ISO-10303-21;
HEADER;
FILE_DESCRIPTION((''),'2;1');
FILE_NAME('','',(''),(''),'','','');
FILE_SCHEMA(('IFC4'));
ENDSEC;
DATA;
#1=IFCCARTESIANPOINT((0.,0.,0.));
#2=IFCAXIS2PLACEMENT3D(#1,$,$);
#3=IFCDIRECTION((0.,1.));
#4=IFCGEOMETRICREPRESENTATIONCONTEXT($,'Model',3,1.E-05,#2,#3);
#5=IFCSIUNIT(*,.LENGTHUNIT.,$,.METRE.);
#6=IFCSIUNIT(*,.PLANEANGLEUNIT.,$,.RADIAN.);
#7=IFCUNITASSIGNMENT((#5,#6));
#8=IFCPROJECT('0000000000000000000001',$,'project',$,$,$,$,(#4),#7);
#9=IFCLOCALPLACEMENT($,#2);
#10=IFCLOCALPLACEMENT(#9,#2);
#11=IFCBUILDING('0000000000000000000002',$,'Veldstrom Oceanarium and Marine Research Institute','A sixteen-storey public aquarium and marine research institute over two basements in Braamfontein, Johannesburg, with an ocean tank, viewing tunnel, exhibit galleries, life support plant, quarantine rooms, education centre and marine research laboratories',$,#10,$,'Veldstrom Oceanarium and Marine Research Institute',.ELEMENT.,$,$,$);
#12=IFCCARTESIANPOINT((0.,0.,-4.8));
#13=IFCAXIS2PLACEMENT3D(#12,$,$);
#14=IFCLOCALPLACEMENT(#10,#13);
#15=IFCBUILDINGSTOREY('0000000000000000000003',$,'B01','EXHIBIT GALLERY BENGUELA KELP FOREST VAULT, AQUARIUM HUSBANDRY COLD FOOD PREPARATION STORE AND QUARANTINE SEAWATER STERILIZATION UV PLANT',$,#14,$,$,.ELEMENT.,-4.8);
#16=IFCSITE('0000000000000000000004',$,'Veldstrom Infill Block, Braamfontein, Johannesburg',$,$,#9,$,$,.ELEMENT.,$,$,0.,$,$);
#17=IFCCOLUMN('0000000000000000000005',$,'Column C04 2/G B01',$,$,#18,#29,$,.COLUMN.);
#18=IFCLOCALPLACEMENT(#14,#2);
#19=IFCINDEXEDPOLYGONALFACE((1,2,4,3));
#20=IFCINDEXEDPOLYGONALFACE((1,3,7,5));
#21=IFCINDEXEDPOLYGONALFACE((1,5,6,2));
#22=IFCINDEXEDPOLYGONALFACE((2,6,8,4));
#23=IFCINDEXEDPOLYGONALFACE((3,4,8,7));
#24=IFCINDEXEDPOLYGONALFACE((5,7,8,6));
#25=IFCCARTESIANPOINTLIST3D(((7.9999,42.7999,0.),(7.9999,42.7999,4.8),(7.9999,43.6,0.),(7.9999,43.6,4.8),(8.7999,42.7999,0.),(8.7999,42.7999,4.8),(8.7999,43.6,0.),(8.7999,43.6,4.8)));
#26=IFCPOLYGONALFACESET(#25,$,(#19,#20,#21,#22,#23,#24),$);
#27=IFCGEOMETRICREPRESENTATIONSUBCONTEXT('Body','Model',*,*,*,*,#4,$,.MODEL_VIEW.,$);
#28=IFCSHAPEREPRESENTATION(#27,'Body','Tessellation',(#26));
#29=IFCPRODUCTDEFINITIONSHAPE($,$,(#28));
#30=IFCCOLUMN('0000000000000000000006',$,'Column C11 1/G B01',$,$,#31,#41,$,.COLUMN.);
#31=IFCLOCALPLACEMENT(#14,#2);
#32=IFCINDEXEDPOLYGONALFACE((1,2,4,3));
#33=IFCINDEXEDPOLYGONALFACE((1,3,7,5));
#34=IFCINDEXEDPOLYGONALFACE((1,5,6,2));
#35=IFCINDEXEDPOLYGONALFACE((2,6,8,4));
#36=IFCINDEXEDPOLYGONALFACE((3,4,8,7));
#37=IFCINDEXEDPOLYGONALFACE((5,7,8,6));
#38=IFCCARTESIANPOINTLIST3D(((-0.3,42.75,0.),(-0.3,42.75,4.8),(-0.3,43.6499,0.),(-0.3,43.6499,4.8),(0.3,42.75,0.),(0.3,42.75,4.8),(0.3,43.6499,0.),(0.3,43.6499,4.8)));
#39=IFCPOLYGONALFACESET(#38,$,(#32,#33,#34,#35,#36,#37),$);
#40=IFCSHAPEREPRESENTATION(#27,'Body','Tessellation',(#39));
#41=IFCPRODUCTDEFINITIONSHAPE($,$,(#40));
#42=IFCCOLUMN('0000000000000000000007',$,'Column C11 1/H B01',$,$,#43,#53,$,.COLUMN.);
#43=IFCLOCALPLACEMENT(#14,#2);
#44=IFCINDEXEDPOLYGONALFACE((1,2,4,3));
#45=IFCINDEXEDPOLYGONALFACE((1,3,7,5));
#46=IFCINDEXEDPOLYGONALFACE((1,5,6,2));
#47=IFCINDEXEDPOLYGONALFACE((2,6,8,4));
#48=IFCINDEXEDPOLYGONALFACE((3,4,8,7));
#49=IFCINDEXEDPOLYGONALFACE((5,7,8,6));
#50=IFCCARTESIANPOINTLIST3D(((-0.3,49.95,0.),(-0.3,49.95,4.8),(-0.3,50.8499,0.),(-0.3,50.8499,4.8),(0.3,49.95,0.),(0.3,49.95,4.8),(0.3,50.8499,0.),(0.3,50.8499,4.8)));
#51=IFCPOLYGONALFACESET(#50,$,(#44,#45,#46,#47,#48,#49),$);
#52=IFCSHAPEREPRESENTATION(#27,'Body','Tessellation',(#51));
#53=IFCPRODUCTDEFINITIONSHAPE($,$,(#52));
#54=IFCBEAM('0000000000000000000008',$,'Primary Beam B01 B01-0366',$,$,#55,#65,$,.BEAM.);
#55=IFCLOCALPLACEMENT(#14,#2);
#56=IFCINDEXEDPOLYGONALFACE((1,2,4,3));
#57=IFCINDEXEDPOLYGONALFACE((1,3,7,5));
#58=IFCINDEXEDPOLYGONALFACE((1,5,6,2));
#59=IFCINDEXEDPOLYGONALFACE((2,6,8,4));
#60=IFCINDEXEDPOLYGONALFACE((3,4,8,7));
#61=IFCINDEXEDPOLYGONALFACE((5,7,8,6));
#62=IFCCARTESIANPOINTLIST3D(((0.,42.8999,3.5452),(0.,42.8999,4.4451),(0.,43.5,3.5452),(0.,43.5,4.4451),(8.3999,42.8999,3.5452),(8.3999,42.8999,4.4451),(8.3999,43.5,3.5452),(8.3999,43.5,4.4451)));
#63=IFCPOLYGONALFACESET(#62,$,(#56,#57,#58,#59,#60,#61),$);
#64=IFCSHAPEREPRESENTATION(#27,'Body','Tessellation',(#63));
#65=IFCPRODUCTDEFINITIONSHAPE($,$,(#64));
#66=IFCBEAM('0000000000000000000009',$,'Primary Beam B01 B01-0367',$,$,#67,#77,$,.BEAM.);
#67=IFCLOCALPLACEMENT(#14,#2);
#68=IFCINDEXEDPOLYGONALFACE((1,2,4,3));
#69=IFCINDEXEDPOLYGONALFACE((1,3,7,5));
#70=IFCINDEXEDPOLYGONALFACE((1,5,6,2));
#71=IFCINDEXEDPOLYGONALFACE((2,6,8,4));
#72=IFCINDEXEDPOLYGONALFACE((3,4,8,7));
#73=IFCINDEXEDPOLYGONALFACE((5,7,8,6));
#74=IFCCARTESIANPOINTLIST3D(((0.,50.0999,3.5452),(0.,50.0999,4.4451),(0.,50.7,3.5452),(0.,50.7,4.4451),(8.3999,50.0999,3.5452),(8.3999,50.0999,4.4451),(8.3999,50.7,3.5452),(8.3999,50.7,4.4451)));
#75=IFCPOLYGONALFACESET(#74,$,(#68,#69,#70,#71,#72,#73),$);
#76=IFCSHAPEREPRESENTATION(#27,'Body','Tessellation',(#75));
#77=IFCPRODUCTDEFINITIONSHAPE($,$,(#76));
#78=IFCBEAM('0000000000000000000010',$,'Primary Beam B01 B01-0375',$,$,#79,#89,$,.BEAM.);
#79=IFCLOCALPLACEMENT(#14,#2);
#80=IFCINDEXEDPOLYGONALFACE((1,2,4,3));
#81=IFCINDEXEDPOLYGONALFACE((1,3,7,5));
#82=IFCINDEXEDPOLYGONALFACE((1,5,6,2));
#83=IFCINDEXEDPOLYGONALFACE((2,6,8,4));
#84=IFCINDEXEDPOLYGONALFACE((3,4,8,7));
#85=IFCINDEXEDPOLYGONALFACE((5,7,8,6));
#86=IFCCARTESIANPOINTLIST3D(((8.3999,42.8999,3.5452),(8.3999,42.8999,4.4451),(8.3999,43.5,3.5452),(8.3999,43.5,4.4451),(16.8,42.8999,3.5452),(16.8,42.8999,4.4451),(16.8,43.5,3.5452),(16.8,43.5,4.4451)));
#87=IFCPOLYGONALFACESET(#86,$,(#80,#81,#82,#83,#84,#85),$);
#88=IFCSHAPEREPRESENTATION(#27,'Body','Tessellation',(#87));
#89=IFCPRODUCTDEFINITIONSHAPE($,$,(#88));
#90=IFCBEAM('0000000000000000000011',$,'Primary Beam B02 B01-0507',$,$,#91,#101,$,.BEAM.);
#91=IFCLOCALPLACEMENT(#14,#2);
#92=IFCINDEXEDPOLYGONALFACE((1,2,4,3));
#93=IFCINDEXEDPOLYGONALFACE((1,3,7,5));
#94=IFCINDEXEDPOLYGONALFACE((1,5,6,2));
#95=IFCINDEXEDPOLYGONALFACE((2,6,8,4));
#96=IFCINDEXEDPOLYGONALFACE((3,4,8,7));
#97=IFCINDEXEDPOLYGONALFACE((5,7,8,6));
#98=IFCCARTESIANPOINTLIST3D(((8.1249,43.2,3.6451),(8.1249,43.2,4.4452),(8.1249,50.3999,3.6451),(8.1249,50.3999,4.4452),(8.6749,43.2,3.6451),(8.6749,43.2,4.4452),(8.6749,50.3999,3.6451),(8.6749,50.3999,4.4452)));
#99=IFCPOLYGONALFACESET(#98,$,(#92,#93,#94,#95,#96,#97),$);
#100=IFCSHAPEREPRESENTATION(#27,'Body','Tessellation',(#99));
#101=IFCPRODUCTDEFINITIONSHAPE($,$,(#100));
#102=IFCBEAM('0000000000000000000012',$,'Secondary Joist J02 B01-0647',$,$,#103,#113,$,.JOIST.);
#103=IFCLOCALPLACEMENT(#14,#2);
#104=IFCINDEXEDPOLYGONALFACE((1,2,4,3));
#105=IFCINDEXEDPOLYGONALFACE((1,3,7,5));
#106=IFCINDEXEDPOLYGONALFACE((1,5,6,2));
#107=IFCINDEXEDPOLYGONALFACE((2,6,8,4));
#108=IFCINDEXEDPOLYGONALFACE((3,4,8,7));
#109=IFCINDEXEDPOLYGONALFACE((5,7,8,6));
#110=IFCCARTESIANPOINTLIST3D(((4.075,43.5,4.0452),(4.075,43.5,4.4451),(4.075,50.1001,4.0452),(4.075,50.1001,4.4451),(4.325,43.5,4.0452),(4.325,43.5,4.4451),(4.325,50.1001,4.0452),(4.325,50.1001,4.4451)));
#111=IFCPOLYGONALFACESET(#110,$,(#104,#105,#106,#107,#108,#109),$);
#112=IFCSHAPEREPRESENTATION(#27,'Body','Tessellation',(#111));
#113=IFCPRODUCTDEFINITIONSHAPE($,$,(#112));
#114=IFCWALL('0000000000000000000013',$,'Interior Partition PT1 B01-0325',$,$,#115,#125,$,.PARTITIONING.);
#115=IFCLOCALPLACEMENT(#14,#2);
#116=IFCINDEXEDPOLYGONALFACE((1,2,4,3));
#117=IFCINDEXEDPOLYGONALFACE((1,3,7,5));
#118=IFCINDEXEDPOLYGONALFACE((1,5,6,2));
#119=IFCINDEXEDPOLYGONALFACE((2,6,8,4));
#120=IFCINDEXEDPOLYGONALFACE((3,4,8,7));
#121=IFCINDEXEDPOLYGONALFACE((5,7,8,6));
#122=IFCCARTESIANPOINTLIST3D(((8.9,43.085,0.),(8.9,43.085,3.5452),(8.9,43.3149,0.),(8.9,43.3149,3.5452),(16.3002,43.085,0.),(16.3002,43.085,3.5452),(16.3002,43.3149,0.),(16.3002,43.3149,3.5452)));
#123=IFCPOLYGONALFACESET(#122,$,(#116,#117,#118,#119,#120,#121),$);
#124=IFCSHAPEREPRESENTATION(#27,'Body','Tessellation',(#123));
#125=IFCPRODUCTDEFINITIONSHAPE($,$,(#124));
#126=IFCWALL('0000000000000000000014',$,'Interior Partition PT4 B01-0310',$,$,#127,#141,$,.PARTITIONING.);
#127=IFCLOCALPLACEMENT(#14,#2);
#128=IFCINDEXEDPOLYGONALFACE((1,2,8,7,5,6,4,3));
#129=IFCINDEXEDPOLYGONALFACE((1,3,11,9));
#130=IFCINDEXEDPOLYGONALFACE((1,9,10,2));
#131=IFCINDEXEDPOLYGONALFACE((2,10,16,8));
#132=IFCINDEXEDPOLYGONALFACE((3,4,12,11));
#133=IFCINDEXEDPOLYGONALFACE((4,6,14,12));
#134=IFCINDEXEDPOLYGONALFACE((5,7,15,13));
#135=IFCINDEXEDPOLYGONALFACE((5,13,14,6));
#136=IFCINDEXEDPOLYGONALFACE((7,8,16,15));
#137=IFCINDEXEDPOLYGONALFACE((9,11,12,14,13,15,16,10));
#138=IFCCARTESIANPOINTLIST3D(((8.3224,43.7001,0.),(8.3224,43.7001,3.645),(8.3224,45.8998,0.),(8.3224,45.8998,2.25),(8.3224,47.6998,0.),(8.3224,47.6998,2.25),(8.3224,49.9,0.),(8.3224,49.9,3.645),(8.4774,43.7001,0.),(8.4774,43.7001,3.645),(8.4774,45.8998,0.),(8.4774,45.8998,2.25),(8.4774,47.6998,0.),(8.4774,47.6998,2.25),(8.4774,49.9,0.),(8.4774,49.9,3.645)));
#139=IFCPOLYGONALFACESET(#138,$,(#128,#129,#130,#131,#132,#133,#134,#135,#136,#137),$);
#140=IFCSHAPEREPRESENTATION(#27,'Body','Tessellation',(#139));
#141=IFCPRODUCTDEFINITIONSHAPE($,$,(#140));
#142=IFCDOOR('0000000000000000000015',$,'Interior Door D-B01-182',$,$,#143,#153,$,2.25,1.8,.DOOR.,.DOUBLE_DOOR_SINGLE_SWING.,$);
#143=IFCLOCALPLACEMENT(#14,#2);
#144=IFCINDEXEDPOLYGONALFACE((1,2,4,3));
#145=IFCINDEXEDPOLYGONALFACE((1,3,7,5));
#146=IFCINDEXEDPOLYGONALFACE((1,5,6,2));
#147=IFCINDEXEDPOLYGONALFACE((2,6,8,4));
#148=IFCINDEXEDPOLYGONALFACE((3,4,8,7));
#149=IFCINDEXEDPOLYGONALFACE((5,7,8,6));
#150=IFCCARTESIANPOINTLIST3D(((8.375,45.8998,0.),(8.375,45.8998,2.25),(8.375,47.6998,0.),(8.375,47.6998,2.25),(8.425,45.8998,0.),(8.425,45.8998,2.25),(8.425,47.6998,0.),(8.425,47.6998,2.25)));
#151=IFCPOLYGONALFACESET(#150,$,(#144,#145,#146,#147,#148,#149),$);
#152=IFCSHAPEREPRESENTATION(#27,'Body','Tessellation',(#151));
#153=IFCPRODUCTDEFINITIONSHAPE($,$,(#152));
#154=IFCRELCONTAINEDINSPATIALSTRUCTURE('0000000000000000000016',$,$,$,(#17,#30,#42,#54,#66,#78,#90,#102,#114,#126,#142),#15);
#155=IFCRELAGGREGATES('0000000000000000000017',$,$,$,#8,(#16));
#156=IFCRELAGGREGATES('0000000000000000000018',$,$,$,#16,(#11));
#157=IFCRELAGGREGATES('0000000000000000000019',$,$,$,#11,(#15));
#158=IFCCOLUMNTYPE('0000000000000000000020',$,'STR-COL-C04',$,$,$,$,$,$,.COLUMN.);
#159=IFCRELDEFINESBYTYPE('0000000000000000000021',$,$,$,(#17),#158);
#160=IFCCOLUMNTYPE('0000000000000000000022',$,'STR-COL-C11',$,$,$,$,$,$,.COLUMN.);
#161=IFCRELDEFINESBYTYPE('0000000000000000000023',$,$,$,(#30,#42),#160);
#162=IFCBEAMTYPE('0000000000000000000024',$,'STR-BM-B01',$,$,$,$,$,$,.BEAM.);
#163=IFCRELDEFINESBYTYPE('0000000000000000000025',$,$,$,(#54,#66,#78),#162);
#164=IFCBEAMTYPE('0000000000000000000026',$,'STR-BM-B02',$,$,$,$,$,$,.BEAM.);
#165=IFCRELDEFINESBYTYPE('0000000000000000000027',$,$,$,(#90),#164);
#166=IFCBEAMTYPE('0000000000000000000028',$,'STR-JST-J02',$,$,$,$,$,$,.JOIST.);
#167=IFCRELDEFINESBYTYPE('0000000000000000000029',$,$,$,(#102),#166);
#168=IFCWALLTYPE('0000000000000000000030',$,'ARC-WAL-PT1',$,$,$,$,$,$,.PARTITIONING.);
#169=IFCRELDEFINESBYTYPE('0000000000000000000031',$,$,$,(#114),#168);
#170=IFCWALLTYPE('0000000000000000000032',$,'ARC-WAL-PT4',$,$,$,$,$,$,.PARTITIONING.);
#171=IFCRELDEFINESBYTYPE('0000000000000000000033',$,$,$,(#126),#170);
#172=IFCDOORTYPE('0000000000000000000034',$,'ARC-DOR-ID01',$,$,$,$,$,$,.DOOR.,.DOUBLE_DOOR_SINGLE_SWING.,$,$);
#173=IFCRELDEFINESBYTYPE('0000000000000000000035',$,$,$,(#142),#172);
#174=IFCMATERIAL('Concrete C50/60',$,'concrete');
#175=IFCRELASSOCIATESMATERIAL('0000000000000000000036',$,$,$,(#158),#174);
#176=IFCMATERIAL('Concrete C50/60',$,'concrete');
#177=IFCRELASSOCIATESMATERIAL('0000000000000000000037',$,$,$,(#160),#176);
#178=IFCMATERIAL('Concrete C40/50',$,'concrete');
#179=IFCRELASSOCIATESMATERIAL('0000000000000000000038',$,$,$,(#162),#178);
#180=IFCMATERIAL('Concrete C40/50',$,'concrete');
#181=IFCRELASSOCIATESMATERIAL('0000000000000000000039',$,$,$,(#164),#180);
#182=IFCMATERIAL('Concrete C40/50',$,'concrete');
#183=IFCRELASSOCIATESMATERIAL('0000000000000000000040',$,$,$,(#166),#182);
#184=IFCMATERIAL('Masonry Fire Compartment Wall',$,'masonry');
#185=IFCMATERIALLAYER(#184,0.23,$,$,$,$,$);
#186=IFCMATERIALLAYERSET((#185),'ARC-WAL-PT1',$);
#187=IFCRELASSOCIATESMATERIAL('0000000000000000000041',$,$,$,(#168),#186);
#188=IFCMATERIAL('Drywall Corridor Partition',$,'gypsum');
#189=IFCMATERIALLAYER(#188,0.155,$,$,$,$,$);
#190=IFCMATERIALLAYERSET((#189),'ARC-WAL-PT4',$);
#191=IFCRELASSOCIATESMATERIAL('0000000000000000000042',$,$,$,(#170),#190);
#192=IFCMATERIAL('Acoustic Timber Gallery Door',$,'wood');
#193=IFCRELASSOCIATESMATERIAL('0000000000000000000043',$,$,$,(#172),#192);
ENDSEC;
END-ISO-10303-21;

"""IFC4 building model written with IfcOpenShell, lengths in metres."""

from ifc_helpers import new_model, si_unit, direction, frame, frame_2d, origin, origin_2d, place, context, subcontext, project, spatial, rectangle, extrude, material, layer, layer_set, material_profile, profile_set, type_object, element, fill, save


model = new_model("IFC4")

# Units and contexts
model_context = context("Model", 3, precision=1e-05, world=origin(), true_north=direction((0.0, 1.0)))
body_context = subcontext(model_context, "Body", "Model", "MODEL_VIEW")
ifc_project = project(units=[si_unit("LENGTHUNIT", "METRE"), si_unit("PLANEANGLEUNIT", "RADIAN")], contexts=[model_context])

# Site, building, storey
site_placement = place(None, origin())
site = spatial("IfcSite", under=ifc_project, at=site_placement, Name="Veldstrom Infill Block, Braamfontein, Johannesburg", CompositionType="ELEMENT", RefElevation=0.0)
building_placement = place(site_placement, origin())
building = spatial("IfcBuilding", under=site, at=building_placement, Name="Veldstrom Oceanarium and Marine Research Institute", Description="A sixteen-storey public aquarium and marine research institute over two basements in Braamfontein, Johannesburg, with an ocean tank, viewing tunnel, exhibit galleries, life support plant, quarantine rooms, education centre and marine research laboratories", LongName="Veldstrom Oceanarium and Marine Research Institute", CompositionType="ELEMENT")
storey_placement = place(building_placement, frame((0.0, 0.0, -4.8)))
storey = spatial("IfcBuildingStorey", under=building, at=storey_placement, Name="B01", Description="EXHIBIT GALLERY BENGUELA KELP FOREST VAULT, AQUARIUM HUSBANDRY COLD FOOD PREPARATION STORE AND QUARANTINE SEAWATER STERILIZATION UV PLANT", CompositionType="ELEMENT", Elevation=-4.8)

# Columns
ifc_material_1 = material(Name="Concrete C50/60", Category="concrete")
ifc_material_profile_1 = material_profile(ifc_material_1, rectangle(XDim=0.8, YDim=0.8, at=origin_2d()), Name="RC-COL-800x800")
ifc_profile_set_1 = profile_set([ifc_material_profile_1], Name="Concrete C50/60")
column_type_1 = type_object("IfcColumnType", Name="STR-COL-C04", PredefinedType="COLUMN", material=ifc_profile_set_1)
column_placement = place(storey_placement, frame((8.3999, 43.2, 0.0), z_axis=(0.0, 0.0, 1.0), x_axis=(1.0, 0.0, 0.0)))
element("IfcColumn", 1, at=column_placement, inside=storey, type_object=column_type_1, Name="Column C04 2/G B01", PredefinedType="COLUMN", context=body_context, shape_type="SweptSolid", body=[
    extrude(rectangle(XDim=0.8, YDim=0.8, at=origin_2d()), origin(), (0.0, 0.0, 1.0), 4.8),
])
ifc_material_2 = material(Name="Concrete C50/60", Category="concrete")
ifc_material_profile_2 = material_profile(ifc_material_2, rectangle(XDim=0.6001, YDim=0.8999, at=origin_2d()), Name="RC-COL-900x600")
ifc_profile_set_2 = profile_set([ifc_material_profile_2], Name="Concrete C50/60")
column_type_2 = type_object("IfcColumnType", Name="STR-COL-C11", PredefinedType="COLUMN", material=ifc_profile_set_2)
for number, where, z_axis, x_axis, name in (
    (2, (0.0, 43.2, 0.0), (0.0, 0.0, 1.0), (1.0, 0.0, 0.0), "Column C11 1/G B01"),
    (3, (0.0, 50.3999, 0.0), (0.0, 0.0, 1.0), (1.0, 0.0, 0.0), "Column C11 1/H B01"),
):
    element("IfcColumn", number, at=place(storey_placement, frame(where, z_axis=z_axis, x_axis=x_axis)), inside=storey, type_object=column_type_2, Name=name, PredefinedType="COLUMN", context=body_context, shape_type="SweptSolid", body=[
        extrude(rectangle(XDim=0.6001, YDim=0.8999, at=origin_2d()), origin(), (0.0, 0.0, 1.0), 4.8),
    ])

# Beams
ifc_material_3 = material(Name="Concrete C40/50", Category="concrete")
ifc_material_profile_3 = material_profile(ifc_material_3, rectangle(XDim=0.6001, YDim=0.8999, at=origin_2d()), Name="RC-BM-600x900")
ifc_profile_set_3 = profile_set([ifc_material_profile_3], Name="Concrete C40/50")
beam_type_1 = type_object("IfcBeamType", Name="STR-BM-B01", PredefinedType="BEAM", material=ifc_profile_set_3)
for number, where, z_axis, x_axis, name in (
    (4, (0.0, 43.2, 3.9951), (1.0, 0.0, 0.0), (0.0, 1.0, 0.0), "Primary Beam B01 B01-0366"),
    (5, (0.0, 50.3999, 3.9951), (1.0, 0.0, 0.0), (0.0, 1.0, 0.0), "Primary Beam B01 B01-0367"),
):
    element("IfcBeam", number, at=place(storey_placement, frame(where, z_axis=z_axis, x_axis=x_axis)), inside=storey, type_object=beam_type_1, Name=name, PredefinedType="BEAM", context=body_context, shape_type="SweptSolid", body=[
        extrude(rectangle(XDim=0.6001, YDim=0.8999, at=origin_2d()), origin(), (0.0, 0.0, 1.0), 8.3999),
    ])
beam_1_placement = place(storey_placement, frame((8.3999, 43.2, 3.9951), z_axis=(1.0, 0.0, 0.0), x_axis=(0.0, 1.0, 0.0)))
element("IfcBeam", 6, at=beam_1_placement, inside=storey, type_object=beam_type_1, Name="Primary Beam B01 B01-0375", PredefinedType="BEAM", context=body_context, shape_type="SweptSolid", body=[
    extrude(rectangle(XDim=0.6001, YDim=0.8999, at=origin_2d()), origin(), (0.0, 0.0, 1.0), 8.4001),
])
ifc_material_4 = material(Name="Concrete C40/50", Category="concrete")
ifc_material_profile_4 = material_profile(ifc_material_4, rectangle(XDim=0.55, YDim=0.8, at=origin_2d()), Name="RC-BM-550x800")
ifc_profile_set_4 = profile_set([ifc_material_profile_4], Name="Concrete C40/50")
beam_type_2 = type_object("IfcBeamType", Name="STR-BM-B02", PredefinedType="BEAM", material=ifc_profile_set_4)
beam_2_placement = place(storey_placement, frame((8.3999, 43.2, 4.0452), z_axis=(0.0, 1.0, 0.0), x_axis=(-1.0, 0.0, 0.0)))
element("IfcBeam", 7, at=beam_2_placement, inside=storey, type_object=beam_type_2, Name="Primary Beam B02 B01-0507", PredefinedType="BEAM", context=body_context, shape_type="SweptSolid", body=[
    extrude(rectangle(XDim=0.55, YDim=0.8, at=origin_2d()), origin(), (0.0, 0.0, 1.0), 7.2),
])
ifc_material_5 = material(Name="Concrete C40/50", Category="concrete")
ifc_material_profile_5 = material_profile(ifc_material_5, rectangle(XDim=0.25, YDim=0.3999, at=origin_2d()), Name="RC-JST-250x400")
ifc_profile_set_5 = profile_set([ifc_material_profile_5], Name="Concrete C40/50")
beam_type_3 = type_object("IfcBeamType", Name="STR-JST-J02", PredefinedType="JOIST", material=ifc_profile_set_5)
beam_3_placement = place(storey_placement, frame((4.2, 43.5, 4.2451), z_axis=(0.0, 1.0, 0.0), x_axis=(-1.0, 0.0, 0.0)))
element("IfcBeam", 8, at=beam_3_placement, inside=storey, type_object=beam_type_3, Name="Secondary Joist J02 B01-0647", PredefinedType="JOIST", context=body_context, shape_type="SweptSolid", body=[
    extrude(rectangle(XDim=0.25, YDim=0.3999, at=origin_2d()), origin(), (0.0, 0.0, 1.0), 6.6001),
])

# Wall
ifc_material_6 = material(Name="Masonry Fire Compartment Wall", Category="masonry")
ifc_layer_1 = layer(ifc_material_6, 0.23)
ifc_layer_set_1 = layer_set([ifc_layer_1], Name="ARC-WAL-PT1")
wall_type_1 = type_object("IfcWallType", Name="ARC-WAL-PT1", PredefinedType="PARTITIONING", material=ifc_layer_set_1)
wall_1_placement = place(storey_placement, frame((8.8999, 43.2, 0.0), z_axis=(0.0, 0.0, 1.0), x_axis=(1.0, 0.0, 0.0)))
element("IfcWall", 9, at=wall_1_placement, inside=storey, type_object=wall_type_1, Name="Interior Partition PT1 B01-0325", PredefinedType="PARTITIONING", context=body_context, shape_type="SweptSolid", body=[
    extrude(rectangle(XDim=7.4001, YDim=0.23, at=frame_2d((3.7002, 0.0))), origin(), (0.0, 0.0, 1.0), 3.5452),
])

# Wall, opening, door
ifc_material_7 = material(Name="Drywall Corridor Partition", Category="gypsum")
ifc_layer_2 = layer(ifc_material_7, 0.155)
ifc_layer_set_2 = layer_set([ifc_layer_2], Name="ARC-WAL-PT4")
wall_type_2 = type_object("IfcWallType", Name="ARC-WAL-PT4", PredefinedType="PARTITIONING", material=ifc_layer_set_2)
wall_2_placement = place(storey_placement, frame((8.3999, 43.7, 0.0), z_axis=(0.0, 0.0, 1.0), x_axis=(0.0, 1.0, 0.0)))
wall_2 = element("IfcWall", 10, at=wall_2_placement, inside=storey, type_object=wall_type_2, Name="Interior Partition PT4 B01-0310", PredefinedType="PARTITIONING", context=body_context, shape_type="SweptSolid", body=[
    extrude(rectangle(XDim=6.2, YDim=0.155, at=frame_2d((3.1001, 0.0))), origin(), (0.0, 0.0, 1.0), 3.645),
])
opening_1_placement = place(wall_2_placement, frame((2.2, 0.0, 0.0)))
opening_1 = element("IfcOpeningElement", 11, at=opening_1_placement, cuts=wall_2, PredefinedType="OPENING", context=body_context, shape_type="SweptSolid", body=[
    extrude(rectangle(XDim=1.8, YDim=2.25, at=frame_2d((0.8999, 1.125))), frame((0.0, 0.0874, 0.0), z_axis=(0.0, -1.0, 0.0), x_axis=(1.0, 0.0, 0.0)), (0.0, 0.0, 1.0), 0.175),
])
ifc_material_8 = material(Name="Acoustic Timber Gallery Door", Category="wood")
door_type_1 = type_object("IfcDoorType", Name="ARC-DOR-ID01", OperationType="DOUBLE_DOOR_SINGLE_SWING", PredefinedType="DOOR", material=ifc_material_8)
door_1_placement = place(opening_1_placement, origin())
door_1 = element("IfcDoor", 12, at=door_1_placement, inside=storey, type_object=door_type_1, Name="Interior Door D-B01-182", OperationType="DOUBLE_DOOR_SINGLE_SWING", OverallHeight=2.25, OverallWidth=1.8, PredefinedType="DOOR", context=body_context, shape_type="SweptSolid", body=[
    extrude(rectangle(XDim=1.8, YDim=2.25, at=frame_2d((0.8999, 1.125))), frame((0.0, 0.0249, 0.0), z_axis=(0.0, -1.0, 0.0), x_axis=(1.0, 0.0, 0.0)), (0.0, 0.0, 1.0), 0.05),
])
fill(opening_1, door_1)

save(model, "model.ifc")
